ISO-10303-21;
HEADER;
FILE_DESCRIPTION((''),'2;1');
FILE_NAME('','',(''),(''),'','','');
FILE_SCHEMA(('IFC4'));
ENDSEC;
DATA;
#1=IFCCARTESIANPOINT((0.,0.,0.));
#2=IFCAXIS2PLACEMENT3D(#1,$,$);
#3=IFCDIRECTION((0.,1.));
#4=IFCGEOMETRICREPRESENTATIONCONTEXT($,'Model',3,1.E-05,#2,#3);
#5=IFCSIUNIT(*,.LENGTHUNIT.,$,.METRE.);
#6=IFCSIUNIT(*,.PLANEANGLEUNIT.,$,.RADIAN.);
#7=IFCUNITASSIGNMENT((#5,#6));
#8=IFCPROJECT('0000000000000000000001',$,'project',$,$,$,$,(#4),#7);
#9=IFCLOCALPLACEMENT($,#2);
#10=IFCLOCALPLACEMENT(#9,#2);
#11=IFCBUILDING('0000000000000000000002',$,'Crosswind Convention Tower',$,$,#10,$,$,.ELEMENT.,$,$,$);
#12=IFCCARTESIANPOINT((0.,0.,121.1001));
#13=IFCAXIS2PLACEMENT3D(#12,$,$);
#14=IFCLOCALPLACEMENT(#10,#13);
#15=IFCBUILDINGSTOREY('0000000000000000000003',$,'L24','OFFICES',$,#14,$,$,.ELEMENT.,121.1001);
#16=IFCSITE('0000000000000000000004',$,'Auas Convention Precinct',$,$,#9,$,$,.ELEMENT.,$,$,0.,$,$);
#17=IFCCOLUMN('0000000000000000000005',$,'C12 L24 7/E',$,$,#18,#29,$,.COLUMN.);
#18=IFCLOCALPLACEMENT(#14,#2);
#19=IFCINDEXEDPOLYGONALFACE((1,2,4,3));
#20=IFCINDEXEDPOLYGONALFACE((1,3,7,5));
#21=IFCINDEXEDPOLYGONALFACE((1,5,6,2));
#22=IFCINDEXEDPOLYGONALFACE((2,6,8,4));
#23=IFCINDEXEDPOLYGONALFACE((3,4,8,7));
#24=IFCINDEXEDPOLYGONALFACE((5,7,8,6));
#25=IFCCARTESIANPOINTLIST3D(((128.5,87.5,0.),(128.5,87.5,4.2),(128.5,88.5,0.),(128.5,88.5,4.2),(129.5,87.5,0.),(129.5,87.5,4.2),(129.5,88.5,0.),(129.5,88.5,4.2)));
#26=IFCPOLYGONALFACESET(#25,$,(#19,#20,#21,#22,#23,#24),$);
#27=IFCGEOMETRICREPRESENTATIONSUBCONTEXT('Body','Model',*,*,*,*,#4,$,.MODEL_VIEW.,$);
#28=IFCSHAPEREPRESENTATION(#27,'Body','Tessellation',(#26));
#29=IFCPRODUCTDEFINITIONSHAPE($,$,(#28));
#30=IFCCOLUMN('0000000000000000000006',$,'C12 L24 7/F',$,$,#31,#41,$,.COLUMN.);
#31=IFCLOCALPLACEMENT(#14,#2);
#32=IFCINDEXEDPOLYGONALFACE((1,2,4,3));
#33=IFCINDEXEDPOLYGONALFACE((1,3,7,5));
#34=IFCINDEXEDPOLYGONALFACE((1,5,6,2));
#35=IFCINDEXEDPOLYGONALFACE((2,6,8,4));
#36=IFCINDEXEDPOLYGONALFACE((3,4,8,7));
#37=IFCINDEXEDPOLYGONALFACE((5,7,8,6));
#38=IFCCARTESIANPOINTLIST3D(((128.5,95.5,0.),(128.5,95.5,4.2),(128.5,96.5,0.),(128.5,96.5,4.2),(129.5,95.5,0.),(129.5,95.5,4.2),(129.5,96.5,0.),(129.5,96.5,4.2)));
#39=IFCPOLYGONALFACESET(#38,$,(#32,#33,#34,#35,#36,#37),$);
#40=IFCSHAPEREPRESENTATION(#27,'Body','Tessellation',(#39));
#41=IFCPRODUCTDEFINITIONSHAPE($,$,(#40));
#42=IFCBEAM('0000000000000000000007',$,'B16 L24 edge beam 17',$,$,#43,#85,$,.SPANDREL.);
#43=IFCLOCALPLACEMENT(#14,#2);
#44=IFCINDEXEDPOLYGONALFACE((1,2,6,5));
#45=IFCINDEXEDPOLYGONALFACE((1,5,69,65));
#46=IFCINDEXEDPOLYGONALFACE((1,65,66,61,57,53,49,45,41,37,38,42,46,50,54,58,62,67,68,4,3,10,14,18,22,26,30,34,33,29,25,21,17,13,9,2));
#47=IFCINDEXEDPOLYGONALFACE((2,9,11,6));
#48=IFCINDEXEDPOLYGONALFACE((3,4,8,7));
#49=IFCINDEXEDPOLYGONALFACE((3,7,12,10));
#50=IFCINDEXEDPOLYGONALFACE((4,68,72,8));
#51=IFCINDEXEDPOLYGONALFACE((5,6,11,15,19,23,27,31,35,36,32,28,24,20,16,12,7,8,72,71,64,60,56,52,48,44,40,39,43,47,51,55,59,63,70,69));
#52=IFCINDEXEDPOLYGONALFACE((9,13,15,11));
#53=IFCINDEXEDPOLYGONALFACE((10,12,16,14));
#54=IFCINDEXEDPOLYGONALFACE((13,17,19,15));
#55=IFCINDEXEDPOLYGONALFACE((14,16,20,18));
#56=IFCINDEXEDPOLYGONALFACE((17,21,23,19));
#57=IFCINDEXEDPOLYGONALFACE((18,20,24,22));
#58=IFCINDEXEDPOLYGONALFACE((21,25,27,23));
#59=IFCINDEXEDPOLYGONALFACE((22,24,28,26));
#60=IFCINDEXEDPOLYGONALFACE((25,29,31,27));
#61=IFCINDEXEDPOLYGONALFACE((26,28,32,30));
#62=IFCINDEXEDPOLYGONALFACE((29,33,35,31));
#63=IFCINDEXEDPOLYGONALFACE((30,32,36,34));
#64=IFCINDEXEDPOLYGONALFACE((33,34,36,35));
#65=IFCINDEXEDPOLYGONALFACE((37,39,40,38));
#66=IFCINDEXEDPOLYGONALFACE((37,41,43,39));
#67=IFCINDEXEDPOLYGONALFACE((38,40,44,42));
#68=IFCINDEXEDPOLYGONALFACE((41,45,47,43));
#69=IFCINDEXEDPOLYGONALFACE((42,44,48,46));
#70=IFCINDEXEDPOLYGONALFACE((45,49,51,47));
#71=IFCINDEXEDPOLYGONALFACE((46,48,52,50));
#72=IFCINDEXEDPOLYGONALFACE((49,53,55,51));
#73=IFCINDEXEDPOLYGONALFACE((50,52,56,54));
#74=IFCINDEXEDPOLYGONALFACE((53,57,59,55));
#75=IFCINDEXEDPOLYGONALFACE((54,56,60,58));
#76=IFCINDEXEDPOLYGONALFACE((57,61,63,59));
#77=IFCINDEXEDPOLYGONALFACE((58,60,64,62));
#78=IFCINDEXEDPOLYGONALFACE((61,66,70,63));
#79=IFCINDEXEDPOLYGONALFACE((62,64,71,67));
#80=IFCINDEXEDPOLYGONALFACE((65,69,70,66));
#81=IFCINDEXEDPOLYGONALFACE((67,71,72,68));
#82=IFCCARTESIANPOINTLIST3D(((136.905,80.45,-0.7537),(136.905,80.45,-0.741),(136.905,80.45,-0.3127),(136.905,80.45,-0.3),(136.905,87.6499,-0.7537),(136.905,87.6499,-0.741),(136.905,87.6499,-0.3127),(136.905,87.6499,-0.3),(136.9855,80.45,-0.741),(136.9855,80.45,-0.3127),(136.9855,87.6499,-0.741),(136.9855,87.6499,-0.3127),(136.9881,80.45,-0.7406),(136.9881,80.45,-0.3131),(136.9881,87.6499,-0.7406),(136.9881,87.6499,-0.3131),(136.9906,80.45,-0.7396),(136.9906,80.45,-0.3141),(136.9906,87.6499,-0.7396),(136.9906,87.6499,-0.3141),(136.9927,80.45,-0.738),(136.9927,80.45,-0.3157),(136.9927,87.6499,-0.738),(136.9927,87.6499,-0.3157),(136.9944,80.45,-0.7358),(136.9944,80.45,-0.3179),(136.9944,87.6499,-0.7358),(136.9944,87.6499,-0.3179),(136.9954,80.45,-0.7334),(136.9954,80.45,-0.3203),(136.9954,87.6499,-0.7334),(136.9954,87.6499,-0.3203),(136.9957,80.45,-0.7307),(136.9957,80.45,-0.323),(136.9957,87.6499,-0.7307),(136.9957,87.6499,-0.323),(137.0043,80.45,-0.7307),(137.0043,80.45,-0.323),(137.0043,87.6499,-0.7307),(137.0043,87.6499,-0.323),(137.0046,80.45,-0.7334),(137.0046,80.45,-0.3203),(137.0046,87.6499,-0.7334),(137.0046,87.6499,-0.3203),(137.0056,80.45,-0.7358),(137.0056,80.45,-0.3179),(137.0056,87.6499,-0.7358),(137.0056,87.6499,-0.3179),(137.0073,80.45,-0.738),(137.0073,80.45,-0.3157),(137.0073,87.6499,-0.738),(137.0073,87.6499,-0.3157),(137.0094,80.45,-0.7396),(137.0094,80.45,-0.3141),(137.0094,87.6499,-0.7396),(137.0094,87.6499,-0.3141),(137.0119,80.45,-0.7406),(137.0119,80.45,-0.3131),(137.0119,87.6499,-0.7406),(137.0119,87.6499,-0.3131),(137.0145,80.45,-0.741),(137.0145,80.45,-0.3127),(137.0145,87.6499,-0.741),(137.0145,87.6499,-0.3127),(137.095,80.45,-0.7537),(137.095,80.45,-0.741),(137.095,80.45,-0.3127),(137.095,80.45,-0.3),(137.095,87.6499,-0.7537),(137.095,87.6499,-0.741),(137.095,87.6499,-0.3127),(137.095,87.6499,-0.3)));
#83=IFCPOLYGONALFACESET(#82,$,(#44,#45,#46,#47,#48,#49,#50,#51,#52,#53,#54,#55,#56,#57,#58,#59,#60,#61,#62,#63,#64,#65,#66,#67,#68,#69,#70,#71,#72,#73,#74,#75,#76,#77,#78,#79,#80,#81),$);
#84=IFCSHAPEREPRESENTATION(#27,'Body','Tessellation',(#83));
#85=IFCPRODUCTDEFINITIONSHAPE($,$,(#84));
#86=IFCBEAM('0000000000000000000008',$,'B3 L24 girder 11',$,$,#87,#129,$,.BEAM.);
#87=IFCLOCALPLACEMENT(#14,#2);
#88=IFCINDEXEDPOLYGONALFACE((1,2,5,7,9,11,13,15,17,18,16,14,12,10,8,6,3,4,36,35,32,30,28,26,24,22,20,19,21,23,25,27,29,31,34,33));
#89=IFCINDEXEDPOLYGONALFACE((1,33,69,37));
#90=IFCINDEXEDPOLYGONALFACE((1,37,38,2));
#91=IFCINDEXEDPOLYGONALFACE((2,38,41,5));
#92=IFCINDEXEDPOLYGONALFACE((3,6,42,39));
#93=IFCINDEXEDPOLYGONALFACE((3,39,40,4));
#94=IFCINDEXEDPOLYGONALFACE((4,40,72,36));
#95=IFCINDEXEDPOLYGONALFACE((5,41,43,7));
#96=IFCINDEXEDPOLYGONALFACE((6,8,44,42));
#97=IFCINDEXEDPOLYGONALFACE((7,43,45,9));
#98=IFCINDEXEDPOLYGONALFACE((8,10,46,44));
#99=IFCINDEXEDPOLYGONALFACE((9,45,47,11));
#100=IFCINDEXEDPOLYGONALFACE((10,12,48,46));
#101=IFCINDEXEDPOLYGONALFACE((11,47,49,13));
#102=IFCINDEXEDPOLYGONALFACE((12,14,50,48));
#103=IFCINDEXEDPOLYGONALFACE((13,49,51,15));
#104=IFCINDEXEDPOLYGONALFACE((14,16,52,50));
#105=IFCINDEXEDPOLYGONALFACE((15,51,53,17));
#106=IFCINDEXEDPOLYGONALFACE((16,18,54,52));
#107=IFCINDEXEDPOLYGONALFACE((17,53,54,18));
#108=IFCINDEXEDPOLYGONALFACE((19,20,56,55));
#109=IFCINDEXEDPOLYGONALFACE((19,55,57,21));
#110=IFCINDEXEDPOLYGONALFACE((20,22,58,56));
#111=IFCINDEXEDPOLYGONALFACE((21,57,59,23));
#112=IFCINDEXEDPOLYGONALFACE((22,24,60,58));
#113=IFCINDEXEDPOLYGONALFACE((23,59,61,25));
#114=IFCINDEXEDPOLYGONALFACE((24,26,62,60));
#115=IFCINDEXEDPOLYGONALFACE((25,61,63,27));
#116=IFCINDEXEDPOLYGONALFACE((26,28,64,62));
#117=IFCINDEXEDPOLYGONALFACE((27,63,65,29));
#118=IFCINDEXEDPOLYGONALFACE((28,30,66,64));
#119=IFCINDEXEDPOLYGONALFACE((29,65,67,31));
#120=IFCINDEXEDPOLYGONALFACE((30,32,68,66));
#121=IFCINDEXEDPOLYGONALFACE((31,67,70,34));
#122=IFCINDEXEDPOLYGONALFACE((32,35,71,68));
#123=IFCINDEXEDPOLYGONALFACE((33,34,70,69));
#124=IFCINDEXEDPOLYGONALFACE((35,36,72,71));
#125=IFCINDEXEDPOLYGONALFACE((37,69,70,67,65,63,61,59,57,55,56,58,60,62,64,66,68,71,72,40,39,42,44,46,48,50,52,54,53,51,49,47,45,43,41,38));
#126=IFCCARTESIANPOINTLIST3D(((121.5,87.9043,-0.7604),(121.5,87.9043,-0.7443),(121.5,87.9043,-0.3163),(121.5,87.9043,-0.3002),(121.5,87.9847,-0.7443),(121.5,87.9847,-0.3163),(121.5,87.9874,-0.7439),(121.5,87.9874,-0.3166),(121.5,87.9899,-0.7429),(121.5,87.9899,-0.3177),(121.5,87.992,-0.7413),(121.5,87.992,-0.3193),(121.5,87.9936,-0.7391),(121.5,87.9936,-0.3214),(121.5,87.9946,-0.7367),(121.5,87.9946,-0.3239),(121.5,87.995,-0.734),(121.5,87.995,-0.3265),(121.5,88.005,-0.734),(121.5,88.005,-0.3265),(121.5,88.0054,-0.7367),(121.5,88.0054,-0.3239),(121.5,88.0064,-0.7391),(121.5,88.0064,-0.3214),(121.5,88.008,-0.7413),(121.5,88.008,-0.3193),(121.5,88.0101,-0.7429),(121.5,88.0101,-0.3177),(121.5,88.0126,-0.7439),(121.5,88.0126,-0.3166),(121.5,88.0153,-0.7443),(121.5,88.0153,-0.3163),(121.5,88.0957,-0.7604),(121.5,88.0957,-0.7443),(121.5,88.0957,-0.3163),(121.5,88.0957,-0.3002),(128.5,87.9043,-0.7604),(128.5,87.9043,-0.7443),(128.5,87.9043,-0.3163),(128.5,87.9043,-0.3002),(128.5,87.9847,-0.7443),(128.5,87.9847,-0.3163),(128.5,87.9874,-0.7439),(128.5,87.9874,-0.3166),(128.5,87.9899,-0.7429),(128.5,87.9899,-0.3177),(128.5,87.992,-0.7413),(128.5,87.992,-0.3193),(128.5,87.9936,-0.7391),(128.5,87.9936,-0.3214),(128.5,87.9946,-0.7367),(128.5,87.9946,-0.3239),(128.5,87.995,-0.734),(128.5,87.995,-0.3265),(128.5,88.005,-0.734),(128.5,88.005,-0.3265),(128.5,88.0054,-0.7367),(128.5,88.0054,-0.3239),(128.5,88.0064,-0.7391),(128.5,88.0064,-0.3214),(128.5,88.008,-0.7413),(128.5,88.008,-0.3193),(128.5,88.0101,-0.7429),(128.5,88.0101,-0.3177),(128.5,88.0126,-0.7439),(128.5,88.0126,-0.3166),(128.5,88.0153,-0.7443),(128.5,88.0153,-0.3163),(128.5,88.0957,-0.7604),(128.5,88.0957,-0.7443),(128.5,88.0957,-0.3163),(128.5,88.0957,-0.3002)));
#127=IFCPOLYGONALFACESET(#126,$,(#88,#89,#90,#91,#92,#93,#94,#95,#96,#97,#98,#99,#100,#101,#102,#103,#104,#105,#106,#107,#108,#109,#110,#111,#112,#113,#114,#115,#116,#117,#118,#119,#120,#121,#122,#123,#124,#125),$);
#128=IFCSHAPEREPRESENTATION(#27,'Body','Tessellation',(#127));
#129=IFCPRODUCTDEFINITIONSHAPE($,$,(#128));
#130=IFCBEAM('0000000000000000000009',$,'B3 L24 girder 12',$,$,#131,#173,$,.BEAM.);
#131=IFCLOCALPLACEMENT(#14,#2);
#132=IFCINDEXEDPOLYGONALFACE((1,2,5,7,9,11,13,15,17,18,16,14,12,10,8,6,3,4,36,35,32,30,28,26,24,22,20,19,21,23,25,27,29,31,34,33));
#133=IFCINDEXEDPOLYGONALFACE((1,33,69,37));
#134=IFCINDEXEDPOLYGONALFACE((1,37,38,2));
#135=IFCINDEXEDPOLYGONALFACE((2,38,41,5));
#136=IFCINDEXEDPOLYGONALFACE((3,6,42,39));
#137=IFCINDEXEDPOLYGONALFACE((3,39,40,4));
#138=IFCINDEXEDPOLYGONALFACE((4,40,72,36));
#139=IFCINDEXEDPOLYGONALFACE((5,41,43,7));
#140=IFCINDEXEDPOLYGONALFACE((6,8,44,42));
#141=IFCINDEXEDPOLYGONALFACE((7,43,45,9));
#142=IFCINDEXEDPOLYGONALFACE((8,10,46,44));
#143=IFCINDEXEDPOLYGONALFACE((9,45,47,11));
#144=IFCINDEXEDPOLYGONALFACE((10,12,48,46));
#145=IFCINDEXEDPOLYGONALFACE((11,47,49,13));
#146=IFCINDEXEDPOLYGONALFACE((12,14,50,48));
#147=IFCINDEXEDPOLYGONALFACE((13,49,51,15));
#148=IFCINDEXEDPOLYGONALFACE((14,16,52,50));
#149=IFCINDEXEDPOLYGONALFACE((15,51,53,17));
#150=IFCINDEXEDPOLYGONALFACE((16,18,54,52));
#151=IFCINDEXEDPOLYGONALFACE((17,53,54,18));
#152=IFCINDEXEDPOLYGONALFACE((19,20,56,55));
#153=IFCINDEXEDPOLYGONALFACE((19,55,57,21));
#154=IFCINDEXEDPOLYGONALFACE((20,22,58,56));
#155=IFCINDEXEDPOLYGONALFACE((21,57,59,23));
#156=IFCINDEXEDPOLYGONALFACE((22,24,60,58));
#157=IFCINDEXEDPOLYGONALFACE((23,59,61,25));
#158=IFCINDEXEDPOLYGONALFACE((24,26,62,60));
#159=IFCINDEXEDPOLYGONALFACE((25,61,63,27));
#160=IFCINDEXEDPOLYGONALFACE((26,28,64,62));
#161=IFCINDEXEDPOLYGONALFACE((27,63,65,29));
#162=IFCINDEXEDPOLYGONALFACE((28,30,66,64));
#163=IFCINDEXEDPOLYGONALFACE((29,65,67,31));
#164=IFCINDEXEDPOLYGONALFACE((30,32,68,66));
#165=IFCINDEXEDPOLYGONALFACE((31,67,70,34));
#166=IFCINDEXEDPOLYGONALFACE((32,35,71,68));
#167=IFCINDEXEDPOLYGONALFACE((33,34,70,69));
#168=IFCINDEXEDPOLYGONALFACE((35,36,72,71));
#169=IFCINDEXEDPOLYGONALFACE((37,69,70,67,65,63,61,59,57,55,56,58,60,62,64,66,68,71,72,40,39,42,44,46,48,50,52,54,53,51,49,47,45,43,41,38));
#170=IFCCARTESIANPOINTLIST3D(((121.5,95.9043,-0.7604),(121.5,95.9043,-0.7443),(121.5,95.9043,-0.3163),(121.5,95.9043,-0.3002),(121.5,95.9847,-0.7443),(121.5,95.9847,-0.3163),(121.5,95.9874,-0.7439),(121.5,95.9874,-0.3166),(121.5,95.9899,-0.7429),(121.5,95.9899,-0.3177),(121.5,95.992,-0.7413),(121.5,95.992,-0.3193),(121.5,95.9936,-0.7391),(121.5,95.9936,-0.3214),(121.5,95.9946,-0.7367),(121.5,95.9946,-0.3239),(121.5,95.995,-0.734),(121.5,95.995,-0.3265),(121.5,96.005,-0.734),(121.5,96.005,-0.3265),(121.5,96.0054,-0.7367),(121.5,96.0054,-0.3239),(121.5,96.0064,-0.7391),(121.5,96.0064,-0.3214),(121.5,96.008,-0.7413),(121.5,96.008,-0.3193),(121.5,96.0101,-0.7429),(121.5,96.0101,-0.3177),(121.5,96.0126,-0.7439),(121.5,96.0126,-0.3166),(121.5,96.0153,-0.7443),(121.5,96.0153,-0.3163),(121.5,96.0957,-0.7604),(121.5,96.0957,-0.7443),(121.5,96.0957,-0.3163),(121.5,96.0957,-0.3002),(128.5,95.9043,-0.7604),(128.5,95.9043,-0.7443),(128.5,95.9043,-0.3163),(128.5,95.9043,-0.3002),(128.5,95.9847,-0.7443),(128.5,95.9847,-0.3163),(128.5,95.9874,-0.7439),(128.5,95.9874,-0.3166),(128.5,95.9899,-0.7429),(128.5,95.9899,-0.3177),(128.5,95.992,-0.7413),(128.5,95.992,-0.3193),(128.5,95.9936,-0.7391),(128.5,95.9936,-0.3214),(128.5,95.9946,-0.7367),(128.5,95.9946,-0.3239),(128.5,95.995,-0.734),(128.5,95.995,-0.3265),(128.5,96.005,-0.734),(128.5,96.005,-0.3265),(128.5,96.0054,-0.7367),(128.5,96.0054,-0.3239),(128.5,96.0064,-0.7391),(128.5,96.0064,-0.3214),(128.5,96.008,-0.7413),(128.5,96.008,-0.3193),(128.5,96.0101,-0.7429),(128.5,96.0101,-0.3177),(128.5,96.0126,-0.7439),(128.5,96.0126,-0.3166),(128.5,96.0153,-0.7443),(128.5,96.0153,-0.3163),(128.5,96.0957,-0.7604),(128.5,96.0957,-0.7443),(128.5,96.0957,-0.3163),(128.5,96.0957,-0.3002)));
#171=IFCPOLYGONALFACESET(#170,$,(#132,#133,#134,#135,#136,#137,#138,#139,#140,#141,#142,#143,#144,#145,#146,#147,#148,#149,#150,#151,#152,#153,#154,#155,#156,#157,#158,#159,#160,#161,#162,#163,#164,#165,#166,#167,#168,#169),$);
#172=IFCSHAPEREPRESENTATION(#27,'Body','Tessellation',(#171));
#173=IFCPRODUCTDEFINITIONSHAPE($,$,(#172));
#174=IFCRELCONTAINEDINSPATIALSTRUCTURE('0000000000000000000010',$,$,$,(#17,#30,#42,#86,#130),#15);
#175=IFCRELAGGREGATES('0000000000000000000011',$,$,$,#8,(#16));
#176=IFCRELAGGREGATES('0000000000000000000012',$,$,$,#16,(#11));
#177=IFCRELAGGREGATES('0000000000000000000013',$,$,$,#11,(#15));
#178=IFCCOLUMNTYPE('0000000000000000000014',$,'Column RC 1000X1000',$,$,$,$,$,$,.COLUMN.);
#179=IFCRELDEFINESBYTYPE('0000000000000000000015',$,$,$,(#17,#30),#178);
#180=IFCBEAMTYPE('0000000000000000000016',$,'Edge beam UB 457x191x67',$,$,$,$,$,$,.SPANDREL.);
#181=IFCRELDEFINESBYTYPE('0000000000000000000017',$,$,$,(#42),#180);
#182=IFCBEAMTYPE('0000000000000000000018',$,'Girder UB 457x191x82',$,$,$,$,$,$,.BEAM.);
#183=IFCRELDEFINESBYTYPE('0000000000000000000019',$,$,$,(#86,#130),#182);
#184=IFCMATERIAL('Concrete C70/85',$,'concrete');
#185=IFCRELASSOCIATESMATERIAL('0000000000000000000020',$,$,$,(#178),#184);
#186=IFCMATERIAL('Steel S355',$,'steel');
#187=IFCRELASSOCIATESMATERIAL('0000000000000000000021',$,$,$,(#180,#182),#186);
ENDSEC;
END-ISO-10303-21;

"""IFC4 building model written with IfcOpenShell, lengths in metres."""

from ifc_helpers import new_model, si_unit, direction, frame, origin, origin_2d, place, context, subcontext, project, spatial, rectangle, i_section, extrude, material, material_profile, profile_set, type_object, element, save


model = new_model("IFC4")

# Units and contexts
model_context = context("Model", 3, precision=1e-05, world=origin(), true_north=direction((0.0, 1.0)))
body_context = subcontext(model_context, "Body", "Model", "MODEL_VIEW")
ifc_project = project(units=[si_unit("LENGTHUNIT", "METRE"), si_unit("PLANEANGLEUNIT", "RADIAN")], contexts=[model_context])

# Site, building, storey
site_placement = place(None, origin())
site = spatial("IfcSite", under=ifc_project, at=site_placement, Name="Auas Convention Precinct", CompositionType="ELEMENT", RefElevation=0.0)
building_placement = place(site_placement, origin())
building = spatial("IfcBuilding", under=site, at=building_placement, Name="Crosswind Convention Tower", CompositionType="ELEMENT")
storey_placement = place(building_placement, frame((0.0, 0.0, 121.1001)))
storey = spatial("IfcBuildingStorey", under=building, at=storey_placement, Name="L24", Description="OFFICES", CompositionType="ELEMENT", Elevation=121.1001)

# Columns
ifc_material_1 = material(Name="Concrete C70/85", Category="concrete")
ifc_material_profile_1 = material_profile(ifc_material_1, rectangle(XDim=1.0, YDim=1.0, at=origin_2d()), Name="RC 1000X1000")
ifc_profile_set_1 = profile_set([ifc_material_profile_1], Name="Concrete C70/85")
column_type = type_object("IfcColumnType", Name="Column RC 1000X1000", PredefinedType="COLUMN", material=ifc_profile_set_1)
for number, where, z_axis, x_axis, name in (
    (1, (129.0, 88.0, 0.0), (0.0, 0.0, 1.0), (1.0, 0.0, 0.0), "C12 L24 7/E"),
    (2, (129.0, 96.0, 0.0), (0.0, 0.0, 1.0), (1.0, 0.0, 0.0), "C12 L24 7/F"),
):
    element("IfcColumn", number, at=place(storey_placement, frame(where, z_axis=z_axis, x_axis=x_axis)), inside=storey, type_object=column_type, Name=name, PredefinedType="COLUMN", context=body_context, shape_type="SweptSolid", body=[
        extrude(rectangle(XDim=1.0, YDim=1.0, at=origin_2d()), origin(), (0.0, 0.0, 1.0), 4.2),
    ])

# Beams
ifc_material_2 = material(Name="Steel S355", Category="steel")
ifc_material_profile_2 = material_profile(ifc_material_2, i_section(OverallWidth=0.1899, OverallDepth=0.4536, WebThickness=0.0085, FlangeThickness=0.0127, FilletRadius=0.0103, at=origin_2d()), Name="UB 457x191x67")
ifc_profile_set_2 = profile_set([ifc_material_profile_2], Name="Steel S355")
beam_type_1 = type_object("IfcBeamType", Name="Edge beam UB 457x191x67", PredefinedType="SPANDREL", material=ifc_profile_set_2)
beam_1_placement = place(storey_placement, frame((137.0, 80.45, -0.5269), z_axis=(0.0, 1.0, 0.0), x_axis=(-1.0, 0.0, 0.0)))
element("IfcBeam", 3, at=beam_1_placement, inside=storey, type_object=beam_type_1, Name="B16 L24 edge beam 17", PredefinedType="SPANDREL", context=body_context, shape_type="SweptSolid", body=[
    extrude(i_section(OverallWidth=0.1899, OverallDepth=0.4536, WebThickness=0.0085, FlangeThickness=0.0127, FilletRadius=0.0103, at=origin_2d()), origin(), (0.0, 0.0, 1.0), 7.2),
])
ifc_material_profile_3 = material_profile(ifc_material_2, i_section(OverallWidth=0.1914, OverallDepth=0.4602, WebThickness=0.01, FlangeThickness=0.0161, FilletRadius=0.0103, at=origin_2d()), Name="UB 457x191x82")
ifc_profile_set_3 = profile_set([ifc_material_profile_3], Name="Steel S355")
beam_type_2 = type_object("IfcBeamType", Name="Girder UB 457x191x82", PredefinedType="BEAM", material=ifc_profile_set_3)
for number, where, z_axis, x_axis, name in (
    (4, (121.5, 88.0, -0.5303), (1.0, 0.0, 0.0), (0.0, 1.0, 0.0), "B3 L24 girder 11"),
    (5, (121.5, 96.0, -0.5303), (1.0, 0.0, 0.0), (0.0, 1.0, 0.0), "B3 L24 girder 12"),
):
    element("IfcBeam", number, at=place(storey_placement, frame(where, z_axis=z_axis, x_axis=x_axis)), inside=storey, type_object=beam_type_2, Name=name, PredefinedType="BEAM", context=body_context, shape_type="SweptSolid", body=[
        extrude(i_section(OverallWidth=0.1914, OverallDepth=0.4602, WebThickness=0.01, FlangeThickness=0.0161, FilletRadius=0.0103, at=origin_2d()), origin(), (0.0, 0.0, 1.0), 7.0),
    ])

save(model, "model.ifc")
